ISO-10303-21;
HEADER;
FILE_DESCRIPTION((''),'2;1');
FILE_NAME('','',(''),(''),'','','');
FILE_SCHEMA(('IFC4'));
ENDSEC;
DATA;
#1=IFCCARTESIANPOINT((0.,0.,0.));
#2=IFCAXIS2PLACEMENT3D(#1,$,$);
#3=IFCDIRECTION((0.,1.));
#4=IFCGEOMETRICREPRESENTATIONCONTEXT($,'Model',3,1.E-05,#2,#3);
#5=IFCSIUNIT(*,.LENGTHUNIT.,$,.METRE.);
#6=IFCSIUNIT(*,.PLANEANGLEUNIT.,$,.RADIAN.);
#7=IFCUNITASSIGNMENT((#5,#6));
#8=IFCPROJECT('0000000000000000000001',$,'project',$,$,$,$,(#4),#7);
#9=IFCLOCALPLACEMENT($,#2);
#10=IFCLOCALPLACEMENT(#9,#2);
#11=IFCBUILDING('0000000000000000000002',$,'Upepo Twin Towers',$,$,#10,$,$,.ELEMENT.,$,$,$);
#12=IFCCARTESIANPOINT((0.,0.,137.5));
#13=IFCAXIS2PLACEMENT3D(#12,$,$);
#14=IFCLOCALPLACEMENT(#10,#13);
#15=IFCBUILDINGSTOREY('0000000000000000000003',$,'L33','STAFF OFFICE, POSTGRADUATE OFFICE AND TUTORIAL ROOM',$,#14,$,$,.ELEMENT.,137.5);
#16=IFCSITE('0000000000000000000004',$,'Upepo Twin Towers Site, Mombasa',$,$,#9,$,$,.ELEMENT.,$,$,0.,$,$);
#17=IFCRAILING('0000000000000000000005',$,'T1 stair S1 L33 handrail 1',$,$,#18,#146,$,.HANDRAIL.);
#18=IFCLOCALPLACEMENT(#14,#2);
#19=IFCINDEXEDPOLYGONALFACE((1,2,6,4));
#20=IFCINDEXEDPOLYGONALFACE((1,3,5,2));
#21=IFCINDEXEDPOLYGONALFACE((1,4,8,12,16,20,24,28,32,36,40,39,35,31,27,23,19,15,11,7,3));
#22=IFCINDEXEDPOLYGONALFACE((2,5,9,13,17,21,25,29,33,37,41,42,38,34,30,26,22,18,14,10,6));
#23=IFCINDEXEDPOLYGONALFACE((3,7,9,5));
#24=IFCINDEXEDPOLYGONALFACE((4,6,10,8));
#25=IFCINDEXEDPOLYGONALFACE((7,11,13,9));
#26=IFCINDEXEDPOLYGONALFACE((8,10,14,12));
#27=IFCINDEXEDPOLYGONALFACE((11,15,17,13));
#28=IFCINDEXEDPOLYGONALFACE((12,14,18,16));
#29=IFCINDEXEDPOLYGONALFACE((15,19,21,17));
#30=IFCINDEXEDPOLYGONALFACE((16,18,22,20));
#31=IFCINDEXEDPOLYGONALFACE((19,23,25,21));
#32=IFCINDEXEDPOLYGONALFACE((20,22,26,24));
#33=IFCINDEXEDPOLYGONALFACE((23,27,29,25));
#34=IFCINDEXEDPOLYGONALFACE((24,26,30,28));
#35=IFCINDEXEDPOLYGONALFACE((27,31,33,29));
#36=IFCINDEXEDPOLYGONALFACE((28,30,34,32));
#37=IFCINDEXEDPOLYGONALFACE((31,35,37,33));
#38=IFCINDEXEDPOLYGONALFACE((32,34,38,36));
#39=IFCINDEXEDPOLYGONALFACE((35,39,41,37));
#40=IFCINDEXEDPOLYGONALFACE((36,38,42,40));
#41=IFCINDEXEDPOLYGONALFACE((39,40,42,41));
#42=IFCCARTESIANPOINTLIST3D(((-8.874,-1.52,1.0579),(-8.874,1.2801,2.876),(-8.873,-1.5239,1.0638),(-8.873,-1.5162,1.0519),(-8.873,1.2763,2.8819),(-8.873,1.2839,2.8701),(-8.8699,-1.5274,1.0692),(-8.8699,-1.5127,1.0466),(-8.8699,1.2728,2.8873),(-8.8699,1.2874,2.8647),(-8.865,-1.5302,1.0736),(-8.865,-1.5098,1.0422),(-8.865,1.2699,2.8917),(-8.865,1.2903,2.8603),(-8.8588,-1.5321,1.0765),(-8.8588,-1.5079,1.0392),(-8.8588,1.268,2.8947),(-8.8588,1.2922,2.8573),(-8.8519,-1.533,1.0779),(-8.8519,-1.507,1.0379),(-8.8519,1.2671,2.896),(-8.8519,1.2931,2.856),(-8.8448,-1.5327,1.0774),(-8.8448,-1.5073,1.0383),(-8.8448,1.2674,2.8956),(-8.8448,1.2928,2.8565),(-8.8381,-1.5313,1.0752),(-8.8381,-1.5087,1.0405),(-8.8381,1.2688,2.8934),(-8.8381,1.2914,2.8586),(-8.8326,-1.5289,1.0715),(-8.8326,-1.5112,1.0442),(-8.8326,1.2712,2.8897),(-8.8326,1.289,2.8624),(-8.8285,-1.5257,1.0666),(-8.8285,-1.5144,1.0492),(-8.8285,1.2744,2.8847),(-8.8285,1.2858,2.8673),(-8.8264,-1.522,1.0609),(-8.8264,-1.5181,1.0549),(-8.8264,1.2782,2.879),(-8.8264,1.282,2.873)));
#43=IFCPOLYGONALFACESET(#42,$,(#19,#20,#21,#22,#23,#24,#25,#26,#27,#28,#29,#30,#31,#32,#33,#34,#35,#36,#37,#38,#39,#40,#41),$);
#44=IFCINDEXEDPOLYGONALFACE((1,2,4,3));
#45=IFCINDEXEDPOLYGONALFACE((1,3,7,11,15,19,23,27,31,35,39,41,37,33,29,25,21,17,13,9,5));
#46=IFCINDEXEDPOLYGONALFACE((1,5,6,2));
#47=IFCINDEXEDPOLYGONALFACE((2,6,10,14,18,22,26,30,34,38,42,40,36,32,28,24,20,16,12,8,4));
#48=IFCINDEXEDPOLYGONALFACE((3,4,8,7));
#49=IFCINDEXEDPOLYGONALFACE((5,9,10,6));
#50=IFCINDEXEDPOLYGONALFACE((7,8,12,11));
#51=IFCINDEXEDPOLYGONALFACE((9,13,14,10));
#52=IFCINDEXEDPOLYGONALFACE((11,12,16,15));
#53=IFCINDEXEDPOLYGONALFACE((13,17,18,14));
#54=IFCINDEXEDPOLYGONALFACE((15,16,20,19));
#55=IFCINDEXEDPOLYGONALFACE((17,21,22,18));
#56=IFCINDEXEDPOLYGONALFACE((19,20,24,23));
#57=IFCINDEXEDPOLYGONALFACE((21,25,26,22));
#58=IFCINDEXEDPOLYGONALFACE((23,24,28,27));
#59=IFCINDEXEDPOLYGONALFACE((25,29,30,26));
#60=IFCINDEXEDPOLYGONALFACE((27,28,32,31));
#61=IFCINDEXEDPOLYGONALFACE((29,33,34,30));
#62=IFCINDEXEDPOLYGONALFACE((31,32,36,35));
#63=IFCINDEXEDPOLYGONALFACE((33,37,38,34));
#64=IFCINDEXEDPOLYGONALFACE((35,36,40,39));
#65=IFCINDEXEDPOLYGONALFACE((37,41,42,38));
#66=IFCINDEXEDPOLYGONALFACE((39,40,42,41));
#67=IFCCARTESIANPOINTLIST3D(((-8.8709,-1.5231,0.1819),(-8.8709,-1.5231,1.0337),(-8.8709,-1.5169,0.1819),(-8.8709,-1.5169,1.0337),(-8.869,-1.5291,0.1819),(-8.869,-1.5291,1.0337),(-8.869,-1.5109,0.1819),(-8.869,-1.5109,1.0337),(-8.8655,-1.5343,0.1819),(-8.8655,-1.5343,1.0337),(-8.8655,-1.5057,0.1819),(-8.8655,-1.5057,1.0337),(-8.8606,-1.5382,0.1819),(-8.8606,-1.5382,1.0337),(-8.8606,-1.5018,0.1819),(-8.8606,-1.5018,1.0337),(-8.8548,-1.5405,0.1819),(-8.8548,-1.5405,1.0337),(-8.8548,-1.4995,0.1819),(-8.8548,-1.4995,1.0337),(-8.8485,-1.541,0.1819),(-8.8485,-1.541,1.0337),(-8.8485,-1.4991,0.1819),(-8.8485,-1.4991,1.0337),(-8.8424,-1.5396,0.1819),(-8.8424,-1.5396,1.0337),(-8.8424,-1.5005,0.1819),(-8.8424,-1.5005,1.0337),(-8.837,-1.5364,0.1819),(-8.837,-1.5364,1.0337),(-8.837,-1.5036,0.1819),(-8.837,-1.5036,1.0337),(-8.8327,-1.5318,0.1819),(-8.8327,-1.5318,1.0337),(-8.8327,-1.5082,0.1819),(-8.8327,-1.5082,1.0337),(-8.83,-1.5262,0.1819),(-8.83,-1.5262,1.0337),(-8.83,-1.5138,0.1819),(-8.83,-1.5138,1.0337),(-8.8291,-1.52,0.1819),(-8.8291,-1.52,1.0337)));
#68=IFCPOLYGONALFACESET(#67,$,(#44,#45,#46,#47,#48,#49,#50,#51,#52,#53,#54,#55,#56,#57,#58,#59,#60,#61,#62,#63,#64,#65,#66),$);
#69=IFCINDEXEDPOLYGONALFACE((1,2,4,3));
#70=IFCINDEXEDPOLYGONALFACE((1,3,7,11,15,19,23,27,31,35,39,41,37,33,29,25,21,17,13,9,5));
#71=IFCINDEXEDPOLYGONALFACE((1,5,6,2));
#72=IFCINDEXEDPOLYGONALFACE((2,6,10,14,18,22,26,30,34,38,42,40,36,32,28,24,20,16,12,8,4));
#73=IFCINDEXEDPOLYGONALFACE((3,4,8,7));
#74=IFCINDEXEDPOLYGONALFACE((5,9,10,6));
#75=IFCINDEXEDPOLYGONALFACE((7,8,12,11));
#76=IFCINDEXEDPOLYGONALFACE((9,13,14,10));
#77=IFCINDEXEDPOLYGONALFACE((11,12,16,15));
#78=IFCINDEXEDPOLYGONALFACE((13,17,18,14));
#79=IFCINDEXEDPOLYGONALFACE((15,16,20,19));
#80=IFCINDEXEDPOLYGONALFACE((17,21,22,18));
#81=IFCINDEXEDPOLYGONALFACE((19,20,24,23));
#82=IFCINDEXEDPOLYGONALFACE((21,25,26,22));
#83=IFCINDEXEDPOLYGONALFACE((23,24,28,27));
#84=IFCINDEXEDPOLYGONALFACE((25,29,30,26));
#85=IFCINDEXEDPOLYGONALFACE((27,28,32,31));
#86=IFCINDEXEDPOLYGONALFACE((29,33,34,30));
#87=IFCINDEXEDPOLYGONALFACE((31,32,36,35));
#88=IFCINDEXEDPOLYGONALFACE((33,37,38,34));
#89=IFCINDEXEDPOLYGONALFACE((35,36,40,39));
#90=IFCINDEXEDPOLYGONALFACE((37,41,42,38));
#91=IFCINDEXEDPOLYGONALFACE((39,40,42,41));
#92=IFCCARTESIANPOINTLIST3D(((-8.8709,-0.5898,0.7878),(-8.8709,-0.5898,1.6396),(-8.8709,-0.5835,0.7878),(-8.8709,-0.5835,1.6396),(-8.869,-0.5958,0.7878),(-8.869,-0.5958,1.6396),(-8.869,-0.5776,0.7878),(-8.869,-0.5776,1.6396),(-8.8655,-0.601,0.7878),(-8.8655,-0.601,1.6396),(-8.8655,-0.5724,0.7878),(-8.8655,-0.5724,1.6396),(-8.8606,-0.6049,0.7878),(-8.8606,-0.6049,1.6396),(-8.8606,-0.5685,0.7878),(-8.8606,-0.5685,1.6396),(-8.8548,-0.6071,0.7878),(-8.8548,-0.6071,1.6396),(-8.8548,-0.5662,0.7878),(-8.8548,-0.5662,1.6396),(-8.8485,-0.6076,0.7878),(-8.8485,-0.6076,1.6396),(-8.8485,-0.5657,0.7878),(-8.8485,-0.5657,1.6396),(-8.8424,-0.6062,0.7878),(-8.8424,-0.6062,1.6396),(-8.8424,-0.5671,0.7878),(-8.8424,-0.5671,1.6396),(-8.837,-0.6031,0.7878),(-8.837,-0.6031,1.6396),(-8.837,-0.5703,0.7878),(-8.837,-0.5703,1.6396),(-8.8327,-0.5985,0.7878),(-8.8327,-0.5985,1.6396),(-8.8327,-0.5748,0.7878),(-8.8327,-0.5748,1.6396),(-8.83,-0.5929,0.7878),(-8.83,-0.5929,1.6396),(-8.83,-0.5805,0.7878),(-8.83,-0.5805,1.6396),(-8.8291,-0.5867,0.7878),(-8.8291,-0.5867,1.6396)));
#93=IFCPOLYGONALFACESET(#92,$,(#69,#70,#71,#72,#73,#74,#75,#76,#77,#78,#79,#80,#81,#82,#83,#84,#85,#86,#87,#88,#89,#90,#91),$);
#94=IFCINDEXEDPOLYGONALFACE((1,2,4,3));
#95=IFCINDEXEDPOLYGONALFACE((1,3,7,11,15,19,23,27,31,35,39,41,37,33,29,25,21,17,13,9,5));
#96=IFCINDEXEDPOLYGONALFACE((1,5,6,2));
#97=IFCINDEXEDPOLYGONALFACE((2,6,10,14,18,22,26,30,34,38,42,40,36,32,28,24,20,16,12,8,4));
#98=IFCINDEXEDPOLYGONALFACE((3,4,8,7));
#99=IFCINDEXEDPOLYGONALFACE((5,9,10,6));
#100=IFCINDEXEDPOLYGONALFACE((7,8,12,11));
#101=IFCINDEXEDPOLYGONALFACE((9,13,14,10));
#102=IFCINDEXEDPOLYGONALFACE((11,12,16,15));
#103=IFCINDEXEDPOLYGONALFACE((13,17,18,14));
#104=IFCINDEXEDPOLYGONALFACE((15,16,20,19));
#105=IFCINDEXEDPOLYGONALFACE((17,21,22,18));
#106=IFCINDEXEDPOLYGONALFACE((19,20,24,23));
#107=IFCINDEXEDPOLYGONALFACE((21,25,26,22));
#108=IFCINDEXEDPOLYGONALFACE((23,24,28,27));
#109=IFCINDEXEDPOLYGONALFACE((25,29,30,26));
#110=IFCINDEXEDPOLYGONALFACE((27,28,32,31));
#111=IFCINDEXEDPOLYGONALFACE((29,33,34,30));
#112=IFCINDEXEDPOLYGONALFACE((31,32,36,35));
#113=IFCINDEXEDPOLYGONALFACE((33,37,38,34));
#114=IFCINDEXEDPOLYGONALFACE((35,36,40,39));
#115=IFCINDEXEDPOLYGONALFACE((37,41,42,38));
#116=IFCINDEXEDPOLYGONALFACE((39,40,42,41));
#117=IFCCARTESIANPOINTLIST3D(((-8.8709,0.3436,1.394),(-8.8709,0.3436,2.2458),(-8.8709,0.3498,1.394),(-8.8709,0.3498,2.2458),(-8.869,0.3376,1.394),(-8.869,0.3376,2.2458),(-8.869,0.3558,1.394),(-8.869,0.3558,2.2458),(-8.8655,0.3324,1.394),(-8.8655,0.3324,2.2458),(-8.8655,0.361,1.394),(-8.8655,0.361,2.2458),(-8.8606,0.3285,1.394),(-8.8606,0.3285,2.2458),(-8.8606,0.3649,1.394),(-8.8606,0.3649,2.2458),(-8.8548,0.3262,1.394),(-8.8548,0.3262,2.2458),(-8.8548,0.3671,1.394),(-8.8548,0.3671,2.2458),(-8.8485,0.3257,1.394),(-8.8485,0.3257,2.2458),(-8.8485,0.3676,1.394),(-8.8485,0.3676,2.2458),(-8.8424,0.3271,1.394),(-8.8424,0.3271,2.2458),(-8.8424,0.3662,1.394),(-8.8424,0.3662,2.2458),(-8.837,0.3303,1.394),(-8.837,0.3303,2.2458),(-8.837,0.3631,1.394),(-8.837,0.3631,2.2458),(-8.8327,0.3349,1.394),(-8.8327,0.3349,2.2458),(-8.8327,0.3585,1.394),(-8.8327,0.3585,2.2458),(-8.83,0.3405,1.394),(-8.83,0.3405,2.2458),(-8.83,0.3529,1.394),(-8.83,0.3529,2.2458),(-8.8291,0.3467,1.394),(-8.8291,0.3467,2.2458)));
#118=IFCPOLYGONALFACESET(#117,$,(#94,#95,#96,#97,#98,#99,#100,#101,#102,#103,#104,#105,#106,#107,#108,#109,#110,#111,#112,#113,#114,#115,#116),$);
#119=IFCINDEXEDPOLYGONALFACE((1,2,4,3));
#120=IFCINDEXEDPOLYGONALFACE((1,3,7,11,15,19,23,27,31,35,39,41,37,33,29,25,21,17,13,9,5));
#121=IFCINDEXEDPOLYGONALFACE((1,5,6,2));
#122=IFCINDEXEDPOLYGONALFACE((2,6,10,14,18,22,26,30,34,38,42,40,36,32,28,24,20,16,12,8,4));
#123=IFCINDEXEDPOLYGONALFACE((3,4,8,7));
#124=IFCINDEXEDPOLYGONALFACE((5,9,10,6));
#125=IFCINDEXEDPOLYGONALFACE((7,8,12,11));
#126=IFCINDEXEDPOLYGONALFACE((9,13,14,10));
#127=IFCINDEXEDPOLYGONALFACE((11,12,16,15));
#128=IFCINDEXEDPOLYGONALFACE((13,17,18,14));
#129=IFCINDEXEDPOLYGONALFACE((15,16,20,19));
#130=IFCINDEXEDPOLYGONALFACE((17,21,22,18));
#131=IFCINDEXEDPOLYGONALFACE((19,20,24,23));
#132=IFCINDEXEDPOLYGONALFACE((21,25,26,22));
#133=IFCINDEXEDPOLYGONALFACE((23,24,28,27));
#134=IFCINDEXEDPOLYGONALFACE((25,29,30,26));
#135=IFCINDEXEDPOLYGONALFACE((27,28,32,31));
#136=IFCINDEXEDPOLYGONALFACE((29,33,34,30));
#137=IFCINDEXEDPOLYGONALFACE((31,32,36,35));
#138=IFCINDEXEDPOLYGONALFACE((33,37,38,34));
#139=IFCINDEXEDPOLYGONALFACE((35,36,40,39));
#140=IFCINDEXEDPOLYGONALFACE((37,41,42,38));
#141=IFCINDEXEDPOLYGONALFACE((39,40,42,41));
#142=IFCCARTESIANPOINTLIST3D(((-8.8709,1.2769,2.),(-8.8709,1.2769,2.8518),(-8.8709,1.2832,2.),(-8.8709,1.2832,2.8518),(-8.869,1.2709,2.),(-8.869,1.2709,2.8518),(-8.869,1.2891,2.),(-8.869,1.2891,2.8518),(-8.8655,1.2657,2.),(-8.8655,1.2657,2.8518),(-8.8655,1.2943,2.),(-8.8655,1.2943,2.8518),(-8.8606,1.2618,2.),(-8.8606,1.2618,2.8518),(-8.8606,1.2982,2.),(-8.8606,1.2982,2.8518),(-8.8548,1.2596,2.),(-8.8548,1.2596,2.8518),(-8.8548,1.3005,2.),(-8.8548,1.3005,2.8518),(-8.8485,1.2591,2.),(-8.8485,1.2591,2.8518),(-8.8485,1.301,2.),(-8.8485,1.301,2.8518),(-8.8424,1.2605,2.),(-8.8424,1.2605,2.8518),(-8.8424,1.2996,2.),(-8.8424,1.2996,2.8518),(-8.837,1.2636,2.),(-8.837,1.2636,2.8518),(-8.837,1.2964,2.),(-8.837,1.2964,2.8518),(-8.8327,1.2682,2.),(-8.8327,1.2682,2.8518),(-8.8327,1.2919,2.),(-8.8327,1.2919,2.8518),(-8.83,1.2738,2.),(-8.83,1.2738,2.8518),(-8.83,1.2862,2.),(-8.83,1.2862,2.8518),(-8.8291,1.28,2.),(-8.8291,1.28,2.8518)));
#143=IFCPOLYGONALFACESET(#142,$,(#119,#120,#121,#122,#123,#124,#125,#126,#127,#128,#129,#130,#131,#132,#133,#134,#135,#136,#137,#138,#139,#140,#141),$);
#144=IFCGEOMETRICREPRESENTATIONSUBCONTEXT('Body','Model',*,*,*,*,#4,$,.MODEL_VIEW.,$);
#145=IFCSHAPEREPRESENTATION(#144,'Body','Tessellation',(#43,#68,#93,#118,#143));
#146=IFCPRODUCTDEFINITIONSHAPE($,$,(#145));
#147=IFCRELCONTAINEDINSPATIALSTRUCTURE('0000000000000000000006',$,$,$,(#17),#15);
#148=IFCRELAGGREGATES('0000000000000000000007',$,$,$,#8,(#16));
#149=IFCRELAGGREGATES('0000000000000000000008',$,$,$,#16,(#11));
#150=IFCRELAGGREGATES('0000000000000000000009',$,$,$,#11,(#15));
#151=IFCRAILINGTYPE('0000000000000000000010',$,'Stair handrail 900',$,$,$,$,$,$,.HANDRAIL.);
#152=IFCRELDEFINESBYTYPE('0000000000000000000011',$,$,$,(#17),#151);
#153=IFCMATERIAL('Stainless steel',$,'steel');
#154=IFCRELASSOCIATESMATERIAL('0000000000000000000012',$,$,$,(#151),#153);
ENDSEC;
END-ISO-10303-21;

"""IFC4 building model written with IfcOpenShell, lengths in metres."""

from ifc_helpers import new_model, si_unit, direction, frame, origin, origin_2d, place, context, subcontext, project, spatial, circle, extrude, material, type_object, element, save


model = new_model("IFC4")

# Units and contexts
model_context = context("Model", 3, precision=1e-05, world=origin(), true_north=direction((0.0, 1.0)))
body_context = subcontext(model_context, "Body", "Model", "MODEL_VIEW")
ifc_project = project(units=[si_unit("LENGTHUNIT", "METRE"), si_unit("PLANEANGLEUNIT", "RADIAN")], contexts=[model_context])

# Site, building, storey
site_placement = place(None, origin())
site = spatial("IfcSite", under=ifc_project, at=site_placement, Name="Upepo Twin Towers Site, Mombasa", CompositionType="ELEMENT", RefElevation=0.0)
building_placement = place(site_placement, origin())
building = spatial("IfcBuilding", under=site, at=building_placement, Name="Upepo Twin Towers", CompositionType="ELEMENT")
storey_placement = place(building_placement, frame((0.0, 0.0, 137.5)))
storey = spatial("IfcBuildingStorey", under=building, at=storey_placement, Name="L33", Description="STAFF OFFICE, POSTGRADUATE OFFICE AND TUTORIAL ROOM", CompositionType="ELEMENT", Elevation=137.5)

# Railing
ifc_material_1 = material(Name="Stainless steel", Category="steel")
railing_type = type_object("IfcRailingType", Name="Stair handrail 900", PredefinedType="HANDRAIL", material=ifc_material_1)
railing_1_placement = place(storey_placement, frame((-8.8501, -1.52, 0.1819)))
element("IfcRailing", 1, at=railing_1_placement, inside=storey, type_object=railing_type, Name="T1 stair S1 L33 handrail 1", PredefinedType="HANDRAIL", context=body_context, shape_type="SweptSolid", body=[
    extrude(circle(Radius=0.0239, at=origin_2d()), frame((0.0, 0.0, 0.876), z_axis=(0.0, 0.838706, 0.544585), x_axis=(-1.0, 0.0, 0.0)), (0.0, 0.0, 1.0), 3.3386),
    extrude(circle(Radius=0.021, at=origin_2d()), origin(), (0.0, 0.0, 1.0), 0.8518),
    extrude(circle(Radius=0.021, at=origin_2d()), frame((0.0, 0.9333, 0.606)), (0.0, 0.0, 1.0), 0.8518),
    extrude(circle(Radius=0.021, at=origin_2d()), frame((0.0, 1.8667, 1.2122)), (0.0, 0.0, 1.0), 0.8518),
    extrude(circle(Radius=0.021, at=origin_2d()), frame((0.0, 2.8, 1.8181)), (0.0, 0.0, 1.0), 0.8518),
])

save(model, "model.ifc")
